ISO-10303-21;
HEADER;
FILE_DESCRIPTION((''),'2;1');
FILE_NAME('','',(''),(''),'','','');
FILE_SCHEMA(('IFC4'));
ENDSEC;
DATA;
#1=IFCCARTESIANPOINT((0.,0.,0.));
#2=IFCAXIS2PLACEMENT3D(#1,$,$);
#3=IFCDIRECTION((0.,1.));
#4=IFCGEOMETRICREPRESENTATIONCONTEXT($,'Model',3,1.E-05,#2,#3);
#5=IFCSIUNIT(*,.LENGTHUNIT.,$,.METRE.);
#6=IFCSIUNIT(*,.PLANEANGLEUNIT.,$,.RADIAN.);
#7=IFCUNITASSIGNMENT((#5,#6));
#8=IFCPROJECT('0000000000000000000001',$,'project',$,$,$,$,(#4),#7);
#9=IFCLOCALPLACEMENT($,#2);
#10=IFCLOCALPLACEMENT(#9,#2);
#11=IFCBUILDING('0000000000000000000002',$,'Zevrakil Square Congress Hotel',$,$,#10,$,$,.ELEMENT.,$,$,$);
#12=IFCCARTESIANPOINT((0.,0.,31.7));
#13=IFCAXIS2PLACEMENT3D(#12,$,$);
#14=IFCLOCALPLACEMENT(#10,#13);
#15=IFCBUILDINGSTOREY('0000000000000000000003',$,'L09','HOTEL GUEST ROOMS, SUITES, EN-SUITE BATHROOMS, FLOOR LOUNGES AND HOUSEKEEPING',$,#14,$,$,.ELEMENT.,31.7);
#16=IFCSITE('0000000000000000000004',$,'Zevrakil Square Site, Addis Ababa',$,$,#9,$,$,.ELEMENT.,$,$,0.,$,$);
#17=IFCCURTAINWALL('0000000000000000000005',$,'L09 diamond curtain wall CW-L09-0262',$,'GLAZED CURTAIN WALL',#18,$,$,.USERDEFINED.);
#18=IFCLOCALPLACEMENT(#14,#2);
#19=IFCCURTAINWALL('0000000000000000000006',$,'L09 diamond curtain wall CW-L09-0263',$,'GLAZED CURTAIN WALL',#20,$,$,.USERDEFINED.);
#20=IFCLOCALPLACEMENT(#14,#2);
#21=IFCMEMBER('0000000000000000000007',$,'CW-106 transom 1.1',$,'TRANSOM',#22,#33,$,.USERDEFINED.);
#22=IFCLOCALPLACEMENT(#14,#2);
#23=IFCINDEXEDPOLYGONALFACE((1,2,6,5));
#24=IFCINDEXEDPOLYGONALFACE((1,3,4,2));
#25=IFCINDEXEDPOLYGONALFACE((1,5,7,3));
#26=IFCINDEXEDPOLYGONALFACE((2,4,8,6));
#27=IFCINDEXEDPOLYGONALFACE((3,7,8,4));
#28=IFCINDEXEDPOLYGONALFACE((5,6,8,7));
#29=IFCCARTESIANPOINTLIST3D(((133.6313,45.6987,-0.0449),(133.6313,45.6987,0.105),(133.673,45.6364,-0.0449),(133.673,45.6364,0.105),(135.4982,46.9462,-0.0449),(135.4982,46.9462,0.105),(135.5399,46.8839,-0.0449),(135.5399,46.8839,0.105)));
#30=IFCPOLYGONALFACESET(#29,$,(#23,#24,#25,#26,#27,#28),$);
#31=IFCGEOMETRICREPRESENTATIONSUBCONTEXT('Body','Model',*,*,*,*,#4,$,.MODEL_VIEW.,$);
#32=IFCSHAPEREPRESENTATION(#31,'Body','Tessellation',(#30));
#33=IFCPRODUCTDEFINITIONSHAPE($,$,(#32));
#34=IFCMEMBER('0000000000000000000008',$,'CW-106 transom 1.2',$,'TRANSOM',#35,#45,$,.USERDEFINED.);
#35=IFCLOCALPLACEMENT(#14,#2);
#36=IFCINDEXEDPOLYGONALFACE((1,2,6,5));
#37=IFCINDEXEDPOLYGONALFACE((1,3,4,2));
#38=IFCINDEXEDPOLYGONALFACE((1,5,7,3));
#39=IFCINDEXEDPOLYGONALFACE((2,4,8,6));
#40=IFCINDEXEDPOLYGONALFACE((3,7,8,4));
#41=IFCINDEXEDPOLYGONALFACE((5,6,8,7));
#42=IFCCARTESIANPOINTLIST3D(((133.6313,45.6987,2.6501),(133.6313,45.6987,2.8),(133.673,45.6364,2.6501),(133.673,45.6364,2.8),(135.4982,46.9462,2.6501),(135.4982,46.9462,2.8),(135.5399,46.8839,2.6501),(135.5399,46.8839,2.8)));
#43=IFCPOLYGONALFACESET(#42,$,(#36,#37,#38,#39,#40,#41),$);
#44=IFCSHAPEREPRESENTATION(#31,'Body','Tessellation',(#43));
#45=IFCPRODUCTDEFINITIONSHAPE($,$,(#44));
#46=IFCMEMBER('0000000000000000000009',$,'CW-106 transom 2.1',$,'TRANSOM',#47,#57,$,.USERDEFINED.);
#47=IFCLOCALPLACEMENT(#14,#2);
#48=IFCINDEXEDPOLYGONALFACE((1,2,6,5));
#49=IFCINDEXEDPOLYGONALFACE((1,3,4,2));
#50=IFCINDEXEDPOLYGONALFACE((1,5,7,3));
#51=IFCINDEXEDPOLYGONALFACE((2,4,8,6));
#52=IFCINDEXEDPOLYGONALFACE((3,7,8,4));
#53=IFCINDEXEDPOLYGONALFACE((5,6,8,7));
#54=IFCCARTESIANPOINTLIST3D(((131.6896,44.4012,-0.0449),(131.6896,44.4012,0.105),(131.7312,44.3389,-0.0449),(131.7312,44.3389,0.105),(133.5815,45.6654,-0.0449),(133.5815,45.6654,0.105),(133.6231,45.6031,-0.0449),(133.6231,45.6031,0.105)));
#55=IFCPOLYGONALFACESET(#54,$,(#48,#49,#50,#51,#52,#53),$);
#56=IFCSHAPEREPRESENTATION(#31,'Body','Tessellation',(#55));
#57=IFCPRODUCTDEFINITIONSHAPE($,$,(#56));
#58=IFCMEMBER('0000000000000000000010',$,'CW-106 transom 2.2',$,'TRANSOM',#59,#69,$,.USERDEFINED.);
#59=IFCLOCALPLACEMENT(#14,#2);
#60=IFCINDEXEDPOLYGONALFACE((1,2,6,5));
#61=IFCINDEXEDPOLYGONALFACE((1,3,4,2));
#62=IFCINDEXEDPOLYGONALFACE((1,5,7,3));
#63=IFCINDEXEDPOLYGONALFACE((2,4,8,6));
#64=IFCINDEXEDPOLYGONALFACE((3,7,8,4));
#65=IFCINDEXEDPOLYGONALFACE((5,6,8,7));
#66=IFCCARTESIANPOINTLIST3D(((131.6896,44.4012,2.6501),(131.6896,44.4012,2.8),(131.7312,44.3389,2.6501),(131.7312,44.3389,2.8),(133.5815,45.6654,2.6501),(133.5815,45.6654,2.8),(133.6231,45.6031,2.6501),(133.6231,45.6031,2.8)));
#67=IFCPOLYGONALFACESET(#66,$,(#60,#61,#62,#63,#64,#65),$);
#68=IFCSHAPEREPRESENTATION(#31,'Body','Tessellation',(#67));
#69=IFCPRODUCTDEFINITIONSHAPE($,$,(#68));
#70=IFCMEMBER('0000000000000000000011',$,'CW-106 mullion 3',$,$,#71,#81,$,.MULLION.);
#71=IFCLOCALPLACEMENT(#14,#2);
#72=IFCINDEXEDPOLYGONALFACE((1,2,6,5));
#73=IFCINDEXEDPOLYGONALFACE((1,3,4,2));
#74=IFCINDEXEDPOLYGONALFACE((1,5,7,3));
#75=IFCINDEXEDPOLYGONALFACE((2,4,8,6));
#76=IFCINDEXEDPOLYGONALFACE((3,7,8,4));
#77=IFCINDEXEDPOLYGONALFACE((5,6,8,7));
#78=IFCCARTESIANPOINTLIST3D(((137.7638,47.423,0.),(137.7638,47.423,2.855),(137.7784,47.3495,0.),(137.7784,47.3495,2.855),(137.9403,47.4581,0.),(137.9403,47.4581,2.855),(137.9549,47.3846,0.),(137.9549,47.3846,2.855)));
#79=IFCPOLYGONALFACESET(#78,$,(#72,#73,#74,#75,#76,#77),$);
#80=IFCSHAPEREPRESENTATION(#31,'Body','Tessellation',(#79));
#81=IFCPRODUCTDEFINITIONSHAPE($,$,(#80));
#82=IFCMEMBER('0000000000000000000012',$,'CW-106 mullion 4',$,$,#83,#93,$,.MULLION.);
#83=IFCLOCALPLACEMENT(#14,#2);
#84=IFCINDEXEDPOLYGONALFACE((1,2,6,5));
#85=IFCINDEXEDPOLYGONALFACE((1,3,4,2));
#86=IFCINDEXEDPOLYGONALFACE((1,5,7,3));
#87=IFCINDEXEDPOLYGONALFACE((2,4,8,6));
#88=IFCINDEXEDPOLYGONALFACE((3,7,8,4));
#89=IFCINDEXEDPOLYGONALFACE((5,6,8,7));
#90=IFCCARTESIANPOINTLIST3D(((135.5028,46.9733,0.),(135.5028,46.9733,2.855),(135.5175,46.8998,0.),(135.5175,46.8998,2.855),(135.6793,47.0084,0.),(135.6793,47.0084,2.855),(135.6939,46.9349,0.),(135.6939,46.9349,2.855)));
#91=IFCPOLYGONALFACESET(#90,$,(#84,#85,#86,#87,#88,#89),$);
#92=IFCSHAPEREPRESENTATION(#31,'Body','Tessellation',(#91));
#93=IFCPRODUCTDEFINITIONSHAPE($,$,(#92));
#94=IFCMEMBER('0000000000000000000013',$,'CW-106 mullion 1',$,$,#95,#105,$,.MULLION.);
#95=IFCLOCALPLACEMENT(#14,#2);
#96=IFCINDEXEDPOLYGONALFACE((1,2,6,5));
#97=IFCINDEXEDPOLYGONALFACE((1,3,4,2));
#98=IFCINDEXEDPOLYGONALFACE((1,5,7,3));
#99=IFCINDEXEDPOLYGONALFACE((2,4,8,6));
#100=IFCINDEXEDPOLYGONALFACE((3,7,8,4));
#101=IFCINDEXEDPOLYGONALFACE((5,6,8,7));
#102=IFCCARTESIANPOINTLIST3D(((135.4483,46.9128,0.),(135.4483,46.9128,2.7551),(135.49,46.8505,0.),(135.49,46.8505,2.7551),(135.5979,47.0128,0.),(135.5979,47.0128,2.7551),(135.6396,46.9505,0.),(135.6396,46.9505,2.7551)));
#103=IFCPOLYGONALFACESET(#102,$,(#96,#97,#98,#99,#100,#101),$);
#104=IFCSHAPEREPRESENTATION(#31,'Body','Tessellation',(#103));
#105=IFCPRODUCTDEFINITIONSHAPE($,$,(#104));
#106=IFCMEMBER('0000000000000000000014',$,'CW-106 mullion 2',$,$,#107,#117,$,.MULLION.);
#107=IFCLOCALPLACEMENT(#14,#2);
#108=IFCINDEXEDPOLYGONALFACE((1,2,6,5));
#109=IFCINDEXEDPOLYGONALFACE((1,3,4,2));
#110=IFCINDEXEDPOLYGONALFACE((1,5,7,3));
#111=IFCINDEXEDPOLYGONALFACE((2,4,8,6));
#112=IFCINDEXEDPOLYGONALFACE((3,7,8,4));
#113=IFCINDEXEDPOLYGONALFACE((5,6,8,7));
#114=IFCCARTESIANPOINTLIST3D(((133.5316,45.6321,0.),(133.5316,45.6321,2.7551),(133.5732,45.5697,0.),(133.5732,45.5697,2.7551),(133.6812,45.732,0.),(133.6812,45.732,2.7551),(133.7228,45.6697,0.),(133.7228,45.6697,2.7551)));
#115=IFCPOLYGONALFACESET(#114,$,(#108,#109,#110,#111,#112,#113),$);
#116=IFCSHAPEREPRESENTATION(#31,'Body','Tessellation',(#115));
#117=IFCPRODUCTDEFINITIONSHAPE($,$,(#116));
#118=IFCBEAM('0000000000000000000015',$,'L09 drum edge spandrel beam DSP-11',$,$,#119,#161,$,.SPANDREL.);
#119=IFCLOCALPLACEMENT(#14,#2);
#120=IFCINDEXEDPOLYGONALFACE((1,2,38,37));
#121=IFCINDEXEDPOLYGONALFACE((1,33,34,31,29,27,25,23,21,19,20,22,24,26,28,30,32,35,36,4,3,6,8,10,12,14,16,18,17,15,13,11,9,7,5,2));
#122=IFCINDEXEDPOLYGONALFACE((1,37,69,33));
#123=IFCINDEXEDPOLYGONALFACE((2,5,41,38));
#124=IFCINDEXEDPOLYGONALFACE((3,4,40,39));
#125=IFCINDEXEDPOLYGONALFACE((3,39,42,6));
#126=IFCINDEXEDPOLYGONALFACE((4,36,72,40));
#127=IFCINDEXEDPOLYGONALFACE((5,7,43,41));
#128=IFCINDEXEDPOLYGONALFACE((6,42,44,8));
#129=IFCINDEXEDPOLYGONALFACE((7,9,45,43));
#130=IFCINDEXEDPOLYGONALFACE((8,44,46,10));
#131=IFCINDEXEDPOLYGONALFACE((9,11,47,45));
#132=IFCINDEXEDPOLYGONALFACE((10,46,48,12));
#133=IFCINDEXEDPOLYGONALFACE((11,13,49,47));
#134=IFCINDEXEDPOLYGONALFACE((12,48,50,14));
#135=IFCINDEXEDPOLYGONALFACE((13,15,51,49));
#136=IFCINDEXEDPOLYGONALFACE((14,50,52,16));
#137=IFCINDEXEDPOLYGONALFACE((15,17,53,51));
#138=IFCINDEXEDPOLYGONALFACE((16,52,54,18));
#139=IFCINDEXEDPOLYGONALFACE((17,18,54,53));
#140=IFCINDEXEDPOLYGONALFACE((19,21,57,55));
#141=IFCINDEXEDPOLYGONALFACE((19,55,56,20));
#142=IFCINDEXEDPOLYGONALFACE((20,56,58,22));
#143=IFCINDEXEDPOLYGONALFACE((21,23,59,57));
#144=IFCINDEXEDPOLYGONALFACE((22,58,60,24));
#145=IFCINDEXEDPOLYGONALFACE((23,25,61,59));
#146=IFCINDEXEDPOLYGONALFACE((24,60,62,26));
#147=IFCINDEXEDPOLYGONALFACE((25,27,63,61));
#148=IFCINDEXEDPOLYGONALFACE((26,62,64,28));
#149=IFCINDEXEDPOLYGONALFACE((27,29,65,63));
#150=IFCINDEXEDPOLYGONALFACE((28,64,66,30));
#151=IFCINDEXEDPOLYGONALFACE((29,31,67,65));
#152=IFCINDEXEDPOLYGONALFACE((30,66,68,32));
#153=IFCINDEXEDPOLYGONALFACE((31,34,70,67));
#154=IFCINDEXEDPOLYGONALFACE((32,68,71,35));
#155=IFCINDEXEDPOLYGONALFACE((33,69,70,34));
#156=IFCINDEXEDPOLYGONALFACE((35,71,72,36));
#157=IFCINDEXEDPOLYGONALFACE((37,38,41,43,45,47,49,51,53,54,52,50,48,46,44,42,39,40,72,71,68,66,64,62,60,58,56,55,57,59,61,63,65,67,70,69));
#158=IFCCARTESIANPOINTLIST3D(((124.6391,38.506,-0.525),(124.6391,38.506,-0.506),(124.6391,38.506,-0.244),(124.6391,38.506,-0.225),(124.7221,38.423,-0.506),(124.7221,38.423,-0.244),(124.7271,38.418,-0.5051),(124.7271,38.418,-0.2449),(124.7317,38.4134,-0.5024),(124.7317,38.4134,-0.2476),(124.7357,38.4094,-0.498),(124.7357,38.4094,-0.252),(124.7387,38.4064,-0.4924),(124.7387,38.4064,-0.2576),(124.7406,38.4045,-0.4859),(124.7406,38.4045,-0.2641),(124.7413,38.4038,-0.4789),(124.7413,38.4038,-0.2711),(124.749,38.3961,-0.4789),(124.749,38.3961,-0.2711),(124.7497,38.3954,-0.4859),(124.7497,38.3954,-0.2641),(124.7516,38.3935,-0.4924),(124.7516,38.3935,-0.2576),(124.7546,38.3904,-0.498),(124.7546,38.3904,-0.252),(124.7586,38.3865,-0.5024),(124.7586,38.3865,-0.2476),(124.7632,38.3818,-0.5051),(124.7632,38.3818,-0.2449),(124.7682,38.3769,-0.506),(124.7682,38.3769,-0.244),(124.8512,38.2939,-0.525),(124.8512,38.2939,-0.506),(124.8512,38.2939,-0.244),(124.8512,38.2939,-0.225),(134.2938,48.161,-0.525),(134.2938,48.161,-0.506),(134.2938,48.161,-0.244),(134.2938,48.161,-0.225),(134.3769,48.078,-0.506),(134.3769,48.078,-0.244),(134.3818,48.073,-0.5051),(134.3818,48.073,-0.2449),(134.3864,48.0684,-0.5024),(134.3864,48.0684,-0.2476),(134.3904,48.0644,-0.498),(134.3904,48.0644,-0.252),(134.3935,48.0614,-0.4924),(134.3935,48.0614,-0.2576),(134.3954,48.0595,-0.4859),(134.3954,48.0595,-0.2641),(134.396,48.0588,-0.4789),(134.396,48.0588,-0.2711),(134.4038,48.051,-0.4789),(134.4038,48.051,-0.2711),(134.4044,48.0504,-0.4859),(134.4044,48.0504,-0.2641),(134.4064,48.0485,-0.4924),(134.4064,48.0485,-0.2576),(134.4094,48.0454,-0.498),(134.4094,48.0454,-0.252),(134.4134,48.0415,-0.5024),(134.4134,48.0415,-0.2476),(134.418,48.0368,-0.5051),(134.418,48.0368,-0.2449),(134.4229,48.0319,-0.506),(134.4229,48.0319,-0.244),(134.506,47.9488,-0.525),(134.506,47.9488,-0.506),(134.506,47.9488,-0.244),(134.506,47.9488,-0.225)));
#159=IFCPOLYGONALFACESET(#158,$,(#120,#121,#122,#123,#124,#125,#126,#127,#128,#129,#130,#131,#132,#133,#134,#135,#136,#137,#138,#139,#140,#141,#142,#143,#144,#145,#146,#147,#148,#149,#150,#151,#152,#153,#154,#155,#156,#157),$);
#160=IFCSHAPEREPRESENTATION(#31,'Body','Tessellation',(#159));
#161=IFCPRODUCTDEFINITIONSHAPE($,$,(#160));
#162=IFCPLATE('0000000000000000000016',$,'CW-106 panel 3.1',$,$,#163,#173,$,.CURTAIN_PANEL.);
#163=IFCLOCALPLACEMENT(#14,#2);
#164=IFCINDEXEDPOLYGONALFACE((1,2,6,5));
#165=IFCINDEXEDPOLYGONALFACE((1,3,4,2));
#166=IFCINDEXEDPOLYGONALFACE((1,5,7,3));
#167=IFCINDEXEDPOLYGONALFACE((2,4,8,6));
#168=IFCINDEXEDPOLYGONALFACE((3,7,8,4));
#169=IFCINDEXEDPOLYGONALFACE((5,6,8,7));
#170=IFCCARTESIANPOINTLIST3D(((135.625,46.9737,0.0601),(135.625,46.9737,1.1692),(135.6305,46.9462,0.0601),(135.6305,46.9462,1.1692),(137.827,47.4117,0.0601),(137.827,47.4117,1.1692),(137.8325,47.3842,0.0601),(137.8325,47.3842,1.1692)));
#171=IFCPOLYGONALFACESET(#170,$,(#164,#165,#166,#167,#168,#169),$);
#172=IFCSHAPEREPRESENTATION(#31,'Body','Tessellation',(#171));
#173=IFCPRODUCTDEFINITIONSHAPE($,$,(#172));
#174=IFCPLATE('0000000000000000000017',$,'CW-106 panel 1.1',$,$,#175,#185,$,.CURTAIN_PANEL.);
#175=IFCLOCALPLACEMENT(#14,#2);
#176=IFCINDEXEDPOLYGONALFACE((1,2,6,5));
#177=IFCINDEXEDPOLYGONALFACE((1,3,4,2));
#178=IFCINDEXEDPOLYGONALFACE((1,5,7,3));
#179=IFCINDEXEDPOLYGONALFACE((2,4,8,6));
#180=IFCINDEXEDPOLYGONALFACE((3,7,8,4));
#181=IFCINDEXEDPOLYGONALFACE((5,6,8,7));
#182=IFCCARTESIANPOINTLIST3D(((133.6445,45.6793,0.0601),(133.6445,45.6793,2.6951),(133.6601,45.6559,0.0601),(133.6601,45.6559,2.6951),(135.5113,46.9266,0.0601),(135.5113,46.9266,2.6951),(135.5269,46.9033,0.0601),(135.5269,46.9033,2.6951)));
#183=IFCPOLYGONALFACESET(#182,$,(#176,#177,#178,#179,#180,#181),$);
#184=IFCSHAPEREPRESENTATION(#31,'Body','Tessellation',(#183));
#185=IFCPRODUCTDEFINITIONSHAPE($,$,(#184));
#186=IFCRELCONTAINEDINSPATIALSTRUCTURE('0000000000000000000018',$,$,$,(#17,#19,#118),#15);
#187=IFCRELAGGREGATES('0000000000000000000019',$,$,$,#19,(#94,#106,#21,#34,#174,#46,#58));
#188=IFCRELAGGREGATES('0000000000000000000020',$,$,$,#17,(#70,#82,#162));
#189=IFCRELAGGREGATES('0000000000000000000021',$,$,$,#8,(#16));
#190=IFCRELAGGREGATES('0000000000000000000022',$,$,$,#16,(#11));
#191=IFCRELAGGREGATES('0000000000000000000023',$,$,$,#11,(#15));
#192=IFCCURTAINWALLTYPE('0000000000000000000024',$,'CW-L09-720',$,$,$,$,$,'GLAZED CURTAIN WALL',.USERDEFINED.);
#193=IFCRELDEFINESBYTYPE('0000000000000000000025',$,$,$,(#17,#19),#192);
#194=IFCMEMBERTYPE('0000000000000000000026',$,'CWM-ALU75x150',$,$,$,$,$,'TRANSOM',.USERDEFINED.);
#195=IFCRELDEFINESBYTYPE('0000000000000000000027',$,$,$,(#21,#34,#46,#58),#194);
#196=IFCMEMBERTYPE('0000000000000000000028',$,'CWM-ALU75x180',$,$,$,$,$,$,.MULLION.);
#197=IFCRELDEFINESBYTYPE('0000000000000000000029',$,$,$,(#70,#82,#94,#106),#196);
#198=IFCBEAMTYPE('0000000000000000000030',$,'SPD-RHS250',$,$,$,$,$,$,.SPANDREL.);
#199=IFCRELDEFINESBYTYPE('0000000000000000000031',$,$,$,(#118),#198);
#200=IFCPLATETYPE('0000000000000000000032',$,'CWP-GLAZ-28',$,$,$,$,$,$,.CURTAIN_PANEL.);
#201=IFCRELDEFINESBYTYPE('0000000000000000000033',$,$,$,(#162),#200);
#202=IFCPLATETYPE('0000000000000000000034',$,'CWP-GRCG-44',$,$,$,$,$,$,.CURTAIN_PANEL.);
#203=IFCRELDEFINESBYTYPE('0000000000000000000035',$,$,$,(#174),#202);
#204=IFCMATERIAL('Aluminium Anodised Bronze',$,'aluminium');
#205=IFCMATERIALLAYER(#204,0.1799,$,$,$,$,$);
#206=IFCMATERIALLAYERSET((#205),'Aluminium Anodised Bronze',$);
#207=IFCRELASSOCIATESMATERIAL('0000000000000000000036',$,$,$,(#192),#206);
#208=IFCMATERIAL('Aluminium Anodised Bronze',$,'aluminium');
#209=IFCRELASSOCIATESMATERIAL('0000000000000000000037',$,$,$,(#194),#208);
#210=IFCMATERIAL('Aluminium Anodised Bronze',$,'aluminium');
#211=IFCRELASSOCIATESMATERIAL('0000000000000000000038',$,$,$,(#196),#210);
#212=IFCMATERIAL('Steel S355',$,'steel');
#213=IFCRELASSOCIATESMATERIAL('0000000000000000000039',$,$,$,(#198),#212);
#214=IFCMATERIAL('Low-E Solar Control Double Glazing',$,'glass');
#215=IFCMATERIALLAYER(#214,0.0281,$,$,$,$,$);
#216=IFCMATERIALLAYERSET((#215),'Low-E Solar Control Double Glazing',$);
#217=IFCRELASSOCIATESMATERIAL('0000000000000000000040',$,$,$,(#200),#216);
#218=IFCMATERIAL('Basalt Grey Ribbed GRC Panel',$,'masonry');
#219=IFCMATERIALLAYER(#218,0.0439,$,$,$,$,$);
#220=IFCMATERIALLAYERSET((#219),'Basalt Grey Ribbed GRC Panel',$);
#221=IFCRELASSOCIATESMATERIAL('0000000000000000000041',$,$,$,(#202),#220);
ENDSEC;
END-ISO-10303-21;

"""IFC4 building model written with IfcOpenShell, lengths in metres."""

from ifc_helpers import new_model, si_unit, direction, frame, origin, origin_2d, place, context, subcontext, project, spatial, rectangle, i_section, extrude, material, layer, layer_set, material_profile, profile_set, type_object, element, aggregate, save


model = new_model("IFC4")

# Units and contexts
model_context = context("Model", 3, precision=1e-05, world=origin(), true_north=direction((0.0, 1.0)))
body_context = subcontext(model_context, "Body", "Model", "MODEL_VIEW")
ifc_project = project(units=[si_unit("LENGTHUNIT", "METRE"), si_unit("PLANEANGLEUNIT", "RADIAN")], contexts=[model_context])

# Site, building, storey
site_placement = place(None, origin())
site = spatial("IfcSite", under=ifc_project, at=site_placement, Name="Zevrakil Square Site, Addis Ababa", CompositionType="ELEMENT", RefElevation=0.0)
building_placement = place(site_placement, origin())
building = spatial("IfcBuilding", under=site, at=building_placement, Name="Zevrakil Square Congress Hotel", CompositionType="ELEMENT")
storey_placement = place(building_placement, frame((0.0, 0.0, 31.7)))
storey = spatial("IfcBuildingStorey", under=building, at=storey_placement, Name="L09", Description="HOTEL GUEST ROOMS, SUITES, EN-SUITE BATHROOMS, FLOOR LOUNGES AND HOUSEKEEPING", CompositionType="ELEMENT", Elevation=31.7)

# Curtain walls, members
ifc_material_1 = material(Name="Aluminium Anodised Bronze", Category="aluminium")
ifc_layer_1 = layer(ifc_material_1, 0.1799)
ifc_layer_set_1 = layer_set([ifc_layer_1], Name="Aluminium Anodised Bronze")
curtain_wall_type = type_object("IfcCurtainWallType", Name="CW-L09-720", ElementType="GLAZED CURTAIN WALL", PredefinedType="USERDEFINED", material=ifc_layer_set_1)
curtain_wall_1_placement = place(storey_placement, origin())
curtain_wall_1 = element("IfcCurtainWall", 1, at=curtain_wall_1_placement, inside=storey, type_object=curtain_wall_type, Name="L09 diamond curtain wall CW-L09-0262", ObjectType="GLAZED CURTAIN WALL", PredefinedType="USERDEFINED")
ifc_material_2 = material(Name="Aluminium Anodised Bronze", Category="aluminium")
ifc_material_profile_1 = material_profile(ifc_material_2, rectangle(XDim=0.075, YDim=0.1499, at=origin_2d()), Name="ALU 75x150")
ifc_profile_set_1 = profile_set([ifc_material_profile_1], Name="Aluminium Anodised Bronze")
member_type_1 = type_object("IfcMemberType", Name="CWM-ALU75x150", ElementType="TRANSOM", PredefinedType="USERDEFINED", material=ifc_profile_set_1)
curtain_wall_2_placement = place(storey_placement, origin())
curtain_wall_2 = element("IfcCurtainWall", 2, at=curtain_wall_2_placement, inside=storey, type_object=curtain_wall_type, Name="L09 diamond curtain wall CW-L09-0263", ObjectType="GLAZED CURTAIN WALL", PredefinedType="USERDEFINED")
member_1_placement = place(storey_placement, frame((135.519, 46.915, 0.03), z_axis=(-0.831448, -0.555603, 0.0), x_axis=(0.555603, -0.831448, 0.0)))
member_1 = element("IfcMember", 3, at=member_1_placement, type_object=member_type_1, Name="CW-106 transom 1.1", ObjectType="TRANSOM", PredefinedType="USERDEFINED", context=body_context, shape_type="SweptSolid", body=[
    extrude(rectangle(XDim=0.075, YDim=0.1499, at=origin_2d()), origin(), (0.0, 0.0, 1.0), 2.2454),
])
member_2_placement = place(storey_placement, frame((135.519, 46.915, 2.7251), z_axis=(-0.831448, -0.555603, 0.0), x_axis=(0.555603, -0.831448, 0.0)))
member_2 = element("IfcMember", 4, at=member_2_placement, type_object=member_type_1, Name="CW-106 transom 1.2", ObjectType="TRANSOM", PredefinedType="USERDEFINED", context=body_context, shape_type="SweptSolid", body=[
    extrude(rectangle(XDim=0.075, YDim=0.1499, at=origin_2d()), origin(), (0.0, 0.0, 1.0), 2.2454),
])
member_3_placement = place(storey_placement, frame((133.6023, 45.6343, 0.03), z_axis=(-0.831456, -0.555591, 0.0), x_axis=(0.555591, -0.831456, 0.0)))
member_3 = element("IfcMember", 5, at=member_3_placement, type_object=member_type_1, Name="CW-106 transom 2.1", ObjectType="TRANSOM", PredefinedType="USERDEFINED", context=body_context, shape_type="SweptSolid", body=[
    extrude(rectangle(XDim=0.075, YDim=0.1499, at=origin_2d()), origin(), (0.0, 0.0, 1.0), 2.2754),
])
member_4_placement = place(storey_placement, frame((133.6023, 45.6343, 2.7251), z_axis=(-0.831456, -0.555591, 0.0), x_axis=(0.555591, -0.831456, 0.0)))
member_4 = element("IfcMember", 6, at=member_4_placement, type_object=member_type_1, Name="CW-106 transom 2.2", ObjectType="TRANSOM", PredefinedType="USERDEFINED", context=body_context, shape_type="SweptSolid", body=[
    extrude(rectangle(XDim=0.075, YDim=0.1499, at=origin_2d()), origin(), (0.0, 0.0, 1.0), 2.2754),
])

# Members
ifc_material_3 = material(Name="Aluminium Anodised Bronze", Category="aluminium")
ifc_material_profile_2 = material_profile(ifc_material_3, rectangle(XDim=0.075, YDim=0.1799, at=origin_2d()), Name="ALU 75x180")
ifc_profile_set_2 = profile_set([ifc_material_profile_2], Name="Aluminium Anodised Bronze")
member_type_2 = type_object("IfcMemberType", Name="CWM-ALU75x180", PredefinedType="MULLION", material=ifc_profile_set_2)
member_5_placement = place(storey_placement, frame((137.8594, 47.4038, 0.0), z_axis=(0.0, 0.0, 1.0), x_axis=(0.195084, -0.980787, 0.0)))
member_5 = element("IfcMember", 7, at=member_5_placement, type_object=member_type_2, Name="CW-106 mullion 3", PredefinedType="MULLION", context=body_context, shape_type="SweptSolid", body=[
    extrude(rectangle(XDim=0.075, YDim=0.1799, at=origin_2d()), origin(), (0.0, 0.0, 1.0), 2.855),
])
member_6_placement = place(storey_placement, frame((135.5984, 46.9541, 0.0), z_axis=(0.0, 0.0, 1.0), x_axis=(0.195084, -0.980787, 0.0)))
member_6 = element("IfcMember", 8, at=member_6_placement, type_object=member_type_2, Name="CW-106 mullion 4", PredefinedType="MULLION", context=body_context, shape_type="SweptSolid", body=[
    extrude(rectangle(XDim=0.075, YDim=0.1799, at=origin_2d()), origin(), (0.0, 0.0, 1.0), 2.855),
])
member_7_placement = place(storey_placement, frame((135.5439, 46.9316, 0.0), z_axis=(0.0, 0.0, 1.0), x_axis=(0.555576, -0.831466, 0.0)))
member_7 = element("IfcMember", 9, at=member_7_placement, type_object=member_type_2, Name="CW-106 mullion 1", PredefinedType="MULLION", context=body_context, shape_type="SweptSolid", body=[
    extrude(rectangle(XDim=0.075, YDim=0.1799, at=origin_2d()), origin(), (0.0, 0.0, 1.0), 2.7551),
])
member_8_placement = place(storey_placement, frame((133.6272, 45.6509, 0.0), z_axis=(0.0, 0.0, 1.0), x_axis=(0.555576, -0.831466, 0.0)))
member_8 = element("IfcMember", 10, at=member_8_placement, type_object=member_type_2, Name="CW-106 mullion 2", PredefinedType="MULLION", context=body_context, shape_type="SweptSolid", body=[
    extrude(rectangle(XDim=0.075, YDim=0.1799, at=origin_2d()), origin(), (0.0, 0.0, 1.0), 2.7551),
])

# Beam
ifc_material_4 = material(Name="Steel S355", Category="steel")
ifc_material_profile_3 = material_profile(ifc_material_4, i_section(OverallWidth=0.3, OverallDepth=0.3, WebThickness=0.011, FlangeThickness=0.019, FilletRadius=0.0271, at=origin_2d()), Name="HEB 300")
ifc_profile_set_3 = profile_set([ifc_material_profile_3], Name="Steel S355")
beam_type_1 = type_object("IfcBeamType", Name="SPD-RHS250", PredefinedType="SPANDREL", material=ifc_profile_set_3)
beam_1_placement = place(storey_placement, frame((134.3999, 48.0549, -0.375), z_axis=(-0.707098, -0.707116, 0.0), x_axis=(0.707116, -0.707098, 0.0)))
element("IfcBeam", 11, at=beam_1_placement, inside=storey, type_object=beam_type_1, Name="L09 drum edge spandrel beam DSP-11", PredefinedType="SPANDREL", context=body_context, shape_type="SweptSolid", body=[
    extrude(i_section(OverallWidth=0.3, OverallDepth=0.3, WebThickness=0.011, FlangeThickness=0.019, FilletRadius=0.0271, at=origin_2d()), origin(), (0.0, 0.0, 1.0), 13.6541),
])

# Plates
ifc_material_5 = material(Name="Low-E Solar Control Double Glazing", Category="glass")
ifc_layer_2 = layer(ifc_material_5, 0.0281)
ifc_layer_set_2 = layer_set([ifc_layer_2], Name="Low-E Solar Control Double Glazing")
plate_type_1 = type_object("IfcPlateType", Name="CWP-GLAZ-28", PredefinedType="CURTAIN_PANEL", material=ifc_layer_set_2)
plate_1_placement = place(storey_placement, frame((136.7288, 47.179, 0.0601), z_axis=(0.0, 0.0, 1.0), x_axis=(-0.980787, -0.195084, 0.0)))
plate_1 = element("IfcPlate", 12, at=plate_1_placement, type_object=plate_type_1, Name="CW-106 panel 3.1", PredefinedType="CURTAIN_PANEL", context=body_context, shape_type="SweptSolid", body=[
    extrude(rectangle(XDim=2.2451, YDim=0.0281, at=origin_2d()), origin(), (0.0, 0.0, 1.0), 1.1091),
])
ifc_material_6 = material(Name="Basalt Grey Ribbed GRC Panel", Category="masonry")
ifc_layer_3 = layer(ifc_material_6, 0.0439)
ifc_layer_set_3 = layer_set([ifc_layer_3], Name="Basalt Grey Ribbed GRC Panel")
plate_type_2 = type_object("IfcPlateType", Name="CWP-GRCG-44", PredefinedType="CURTAIN_PANEL", material=ifc_layer_set_3)
plate_2_placement = place(storey_placement, frame((134.5857, 46.2913, 0.0601), z_axis=(0.0, 0.0, 1.0), x_axis=(-0.831466, -0.555576, 0.0)))
plate_2 = element("IfcPlate", 13, at=plate_2_placement, type_object=plate_type_2, Name="CW-106 panel 1.1", PredefinedType="CURTAIN_PANEL", context=body_context, shape_type="SweptSolid", body=[
    extrude(rectangle(XDim=2.2451, YDim=0.0281, at=origin_2d()), origin(), (0.0, 0.0, 1.0), 2.635),
])
aggregate(curtain_wall_2, [member_7, member_8, member_1, member_2, plate_2, member_3, member_4])
aggregate(curtain_wall_1, [member_5, member_6, plate_1])

save(model, "model.ifc")
